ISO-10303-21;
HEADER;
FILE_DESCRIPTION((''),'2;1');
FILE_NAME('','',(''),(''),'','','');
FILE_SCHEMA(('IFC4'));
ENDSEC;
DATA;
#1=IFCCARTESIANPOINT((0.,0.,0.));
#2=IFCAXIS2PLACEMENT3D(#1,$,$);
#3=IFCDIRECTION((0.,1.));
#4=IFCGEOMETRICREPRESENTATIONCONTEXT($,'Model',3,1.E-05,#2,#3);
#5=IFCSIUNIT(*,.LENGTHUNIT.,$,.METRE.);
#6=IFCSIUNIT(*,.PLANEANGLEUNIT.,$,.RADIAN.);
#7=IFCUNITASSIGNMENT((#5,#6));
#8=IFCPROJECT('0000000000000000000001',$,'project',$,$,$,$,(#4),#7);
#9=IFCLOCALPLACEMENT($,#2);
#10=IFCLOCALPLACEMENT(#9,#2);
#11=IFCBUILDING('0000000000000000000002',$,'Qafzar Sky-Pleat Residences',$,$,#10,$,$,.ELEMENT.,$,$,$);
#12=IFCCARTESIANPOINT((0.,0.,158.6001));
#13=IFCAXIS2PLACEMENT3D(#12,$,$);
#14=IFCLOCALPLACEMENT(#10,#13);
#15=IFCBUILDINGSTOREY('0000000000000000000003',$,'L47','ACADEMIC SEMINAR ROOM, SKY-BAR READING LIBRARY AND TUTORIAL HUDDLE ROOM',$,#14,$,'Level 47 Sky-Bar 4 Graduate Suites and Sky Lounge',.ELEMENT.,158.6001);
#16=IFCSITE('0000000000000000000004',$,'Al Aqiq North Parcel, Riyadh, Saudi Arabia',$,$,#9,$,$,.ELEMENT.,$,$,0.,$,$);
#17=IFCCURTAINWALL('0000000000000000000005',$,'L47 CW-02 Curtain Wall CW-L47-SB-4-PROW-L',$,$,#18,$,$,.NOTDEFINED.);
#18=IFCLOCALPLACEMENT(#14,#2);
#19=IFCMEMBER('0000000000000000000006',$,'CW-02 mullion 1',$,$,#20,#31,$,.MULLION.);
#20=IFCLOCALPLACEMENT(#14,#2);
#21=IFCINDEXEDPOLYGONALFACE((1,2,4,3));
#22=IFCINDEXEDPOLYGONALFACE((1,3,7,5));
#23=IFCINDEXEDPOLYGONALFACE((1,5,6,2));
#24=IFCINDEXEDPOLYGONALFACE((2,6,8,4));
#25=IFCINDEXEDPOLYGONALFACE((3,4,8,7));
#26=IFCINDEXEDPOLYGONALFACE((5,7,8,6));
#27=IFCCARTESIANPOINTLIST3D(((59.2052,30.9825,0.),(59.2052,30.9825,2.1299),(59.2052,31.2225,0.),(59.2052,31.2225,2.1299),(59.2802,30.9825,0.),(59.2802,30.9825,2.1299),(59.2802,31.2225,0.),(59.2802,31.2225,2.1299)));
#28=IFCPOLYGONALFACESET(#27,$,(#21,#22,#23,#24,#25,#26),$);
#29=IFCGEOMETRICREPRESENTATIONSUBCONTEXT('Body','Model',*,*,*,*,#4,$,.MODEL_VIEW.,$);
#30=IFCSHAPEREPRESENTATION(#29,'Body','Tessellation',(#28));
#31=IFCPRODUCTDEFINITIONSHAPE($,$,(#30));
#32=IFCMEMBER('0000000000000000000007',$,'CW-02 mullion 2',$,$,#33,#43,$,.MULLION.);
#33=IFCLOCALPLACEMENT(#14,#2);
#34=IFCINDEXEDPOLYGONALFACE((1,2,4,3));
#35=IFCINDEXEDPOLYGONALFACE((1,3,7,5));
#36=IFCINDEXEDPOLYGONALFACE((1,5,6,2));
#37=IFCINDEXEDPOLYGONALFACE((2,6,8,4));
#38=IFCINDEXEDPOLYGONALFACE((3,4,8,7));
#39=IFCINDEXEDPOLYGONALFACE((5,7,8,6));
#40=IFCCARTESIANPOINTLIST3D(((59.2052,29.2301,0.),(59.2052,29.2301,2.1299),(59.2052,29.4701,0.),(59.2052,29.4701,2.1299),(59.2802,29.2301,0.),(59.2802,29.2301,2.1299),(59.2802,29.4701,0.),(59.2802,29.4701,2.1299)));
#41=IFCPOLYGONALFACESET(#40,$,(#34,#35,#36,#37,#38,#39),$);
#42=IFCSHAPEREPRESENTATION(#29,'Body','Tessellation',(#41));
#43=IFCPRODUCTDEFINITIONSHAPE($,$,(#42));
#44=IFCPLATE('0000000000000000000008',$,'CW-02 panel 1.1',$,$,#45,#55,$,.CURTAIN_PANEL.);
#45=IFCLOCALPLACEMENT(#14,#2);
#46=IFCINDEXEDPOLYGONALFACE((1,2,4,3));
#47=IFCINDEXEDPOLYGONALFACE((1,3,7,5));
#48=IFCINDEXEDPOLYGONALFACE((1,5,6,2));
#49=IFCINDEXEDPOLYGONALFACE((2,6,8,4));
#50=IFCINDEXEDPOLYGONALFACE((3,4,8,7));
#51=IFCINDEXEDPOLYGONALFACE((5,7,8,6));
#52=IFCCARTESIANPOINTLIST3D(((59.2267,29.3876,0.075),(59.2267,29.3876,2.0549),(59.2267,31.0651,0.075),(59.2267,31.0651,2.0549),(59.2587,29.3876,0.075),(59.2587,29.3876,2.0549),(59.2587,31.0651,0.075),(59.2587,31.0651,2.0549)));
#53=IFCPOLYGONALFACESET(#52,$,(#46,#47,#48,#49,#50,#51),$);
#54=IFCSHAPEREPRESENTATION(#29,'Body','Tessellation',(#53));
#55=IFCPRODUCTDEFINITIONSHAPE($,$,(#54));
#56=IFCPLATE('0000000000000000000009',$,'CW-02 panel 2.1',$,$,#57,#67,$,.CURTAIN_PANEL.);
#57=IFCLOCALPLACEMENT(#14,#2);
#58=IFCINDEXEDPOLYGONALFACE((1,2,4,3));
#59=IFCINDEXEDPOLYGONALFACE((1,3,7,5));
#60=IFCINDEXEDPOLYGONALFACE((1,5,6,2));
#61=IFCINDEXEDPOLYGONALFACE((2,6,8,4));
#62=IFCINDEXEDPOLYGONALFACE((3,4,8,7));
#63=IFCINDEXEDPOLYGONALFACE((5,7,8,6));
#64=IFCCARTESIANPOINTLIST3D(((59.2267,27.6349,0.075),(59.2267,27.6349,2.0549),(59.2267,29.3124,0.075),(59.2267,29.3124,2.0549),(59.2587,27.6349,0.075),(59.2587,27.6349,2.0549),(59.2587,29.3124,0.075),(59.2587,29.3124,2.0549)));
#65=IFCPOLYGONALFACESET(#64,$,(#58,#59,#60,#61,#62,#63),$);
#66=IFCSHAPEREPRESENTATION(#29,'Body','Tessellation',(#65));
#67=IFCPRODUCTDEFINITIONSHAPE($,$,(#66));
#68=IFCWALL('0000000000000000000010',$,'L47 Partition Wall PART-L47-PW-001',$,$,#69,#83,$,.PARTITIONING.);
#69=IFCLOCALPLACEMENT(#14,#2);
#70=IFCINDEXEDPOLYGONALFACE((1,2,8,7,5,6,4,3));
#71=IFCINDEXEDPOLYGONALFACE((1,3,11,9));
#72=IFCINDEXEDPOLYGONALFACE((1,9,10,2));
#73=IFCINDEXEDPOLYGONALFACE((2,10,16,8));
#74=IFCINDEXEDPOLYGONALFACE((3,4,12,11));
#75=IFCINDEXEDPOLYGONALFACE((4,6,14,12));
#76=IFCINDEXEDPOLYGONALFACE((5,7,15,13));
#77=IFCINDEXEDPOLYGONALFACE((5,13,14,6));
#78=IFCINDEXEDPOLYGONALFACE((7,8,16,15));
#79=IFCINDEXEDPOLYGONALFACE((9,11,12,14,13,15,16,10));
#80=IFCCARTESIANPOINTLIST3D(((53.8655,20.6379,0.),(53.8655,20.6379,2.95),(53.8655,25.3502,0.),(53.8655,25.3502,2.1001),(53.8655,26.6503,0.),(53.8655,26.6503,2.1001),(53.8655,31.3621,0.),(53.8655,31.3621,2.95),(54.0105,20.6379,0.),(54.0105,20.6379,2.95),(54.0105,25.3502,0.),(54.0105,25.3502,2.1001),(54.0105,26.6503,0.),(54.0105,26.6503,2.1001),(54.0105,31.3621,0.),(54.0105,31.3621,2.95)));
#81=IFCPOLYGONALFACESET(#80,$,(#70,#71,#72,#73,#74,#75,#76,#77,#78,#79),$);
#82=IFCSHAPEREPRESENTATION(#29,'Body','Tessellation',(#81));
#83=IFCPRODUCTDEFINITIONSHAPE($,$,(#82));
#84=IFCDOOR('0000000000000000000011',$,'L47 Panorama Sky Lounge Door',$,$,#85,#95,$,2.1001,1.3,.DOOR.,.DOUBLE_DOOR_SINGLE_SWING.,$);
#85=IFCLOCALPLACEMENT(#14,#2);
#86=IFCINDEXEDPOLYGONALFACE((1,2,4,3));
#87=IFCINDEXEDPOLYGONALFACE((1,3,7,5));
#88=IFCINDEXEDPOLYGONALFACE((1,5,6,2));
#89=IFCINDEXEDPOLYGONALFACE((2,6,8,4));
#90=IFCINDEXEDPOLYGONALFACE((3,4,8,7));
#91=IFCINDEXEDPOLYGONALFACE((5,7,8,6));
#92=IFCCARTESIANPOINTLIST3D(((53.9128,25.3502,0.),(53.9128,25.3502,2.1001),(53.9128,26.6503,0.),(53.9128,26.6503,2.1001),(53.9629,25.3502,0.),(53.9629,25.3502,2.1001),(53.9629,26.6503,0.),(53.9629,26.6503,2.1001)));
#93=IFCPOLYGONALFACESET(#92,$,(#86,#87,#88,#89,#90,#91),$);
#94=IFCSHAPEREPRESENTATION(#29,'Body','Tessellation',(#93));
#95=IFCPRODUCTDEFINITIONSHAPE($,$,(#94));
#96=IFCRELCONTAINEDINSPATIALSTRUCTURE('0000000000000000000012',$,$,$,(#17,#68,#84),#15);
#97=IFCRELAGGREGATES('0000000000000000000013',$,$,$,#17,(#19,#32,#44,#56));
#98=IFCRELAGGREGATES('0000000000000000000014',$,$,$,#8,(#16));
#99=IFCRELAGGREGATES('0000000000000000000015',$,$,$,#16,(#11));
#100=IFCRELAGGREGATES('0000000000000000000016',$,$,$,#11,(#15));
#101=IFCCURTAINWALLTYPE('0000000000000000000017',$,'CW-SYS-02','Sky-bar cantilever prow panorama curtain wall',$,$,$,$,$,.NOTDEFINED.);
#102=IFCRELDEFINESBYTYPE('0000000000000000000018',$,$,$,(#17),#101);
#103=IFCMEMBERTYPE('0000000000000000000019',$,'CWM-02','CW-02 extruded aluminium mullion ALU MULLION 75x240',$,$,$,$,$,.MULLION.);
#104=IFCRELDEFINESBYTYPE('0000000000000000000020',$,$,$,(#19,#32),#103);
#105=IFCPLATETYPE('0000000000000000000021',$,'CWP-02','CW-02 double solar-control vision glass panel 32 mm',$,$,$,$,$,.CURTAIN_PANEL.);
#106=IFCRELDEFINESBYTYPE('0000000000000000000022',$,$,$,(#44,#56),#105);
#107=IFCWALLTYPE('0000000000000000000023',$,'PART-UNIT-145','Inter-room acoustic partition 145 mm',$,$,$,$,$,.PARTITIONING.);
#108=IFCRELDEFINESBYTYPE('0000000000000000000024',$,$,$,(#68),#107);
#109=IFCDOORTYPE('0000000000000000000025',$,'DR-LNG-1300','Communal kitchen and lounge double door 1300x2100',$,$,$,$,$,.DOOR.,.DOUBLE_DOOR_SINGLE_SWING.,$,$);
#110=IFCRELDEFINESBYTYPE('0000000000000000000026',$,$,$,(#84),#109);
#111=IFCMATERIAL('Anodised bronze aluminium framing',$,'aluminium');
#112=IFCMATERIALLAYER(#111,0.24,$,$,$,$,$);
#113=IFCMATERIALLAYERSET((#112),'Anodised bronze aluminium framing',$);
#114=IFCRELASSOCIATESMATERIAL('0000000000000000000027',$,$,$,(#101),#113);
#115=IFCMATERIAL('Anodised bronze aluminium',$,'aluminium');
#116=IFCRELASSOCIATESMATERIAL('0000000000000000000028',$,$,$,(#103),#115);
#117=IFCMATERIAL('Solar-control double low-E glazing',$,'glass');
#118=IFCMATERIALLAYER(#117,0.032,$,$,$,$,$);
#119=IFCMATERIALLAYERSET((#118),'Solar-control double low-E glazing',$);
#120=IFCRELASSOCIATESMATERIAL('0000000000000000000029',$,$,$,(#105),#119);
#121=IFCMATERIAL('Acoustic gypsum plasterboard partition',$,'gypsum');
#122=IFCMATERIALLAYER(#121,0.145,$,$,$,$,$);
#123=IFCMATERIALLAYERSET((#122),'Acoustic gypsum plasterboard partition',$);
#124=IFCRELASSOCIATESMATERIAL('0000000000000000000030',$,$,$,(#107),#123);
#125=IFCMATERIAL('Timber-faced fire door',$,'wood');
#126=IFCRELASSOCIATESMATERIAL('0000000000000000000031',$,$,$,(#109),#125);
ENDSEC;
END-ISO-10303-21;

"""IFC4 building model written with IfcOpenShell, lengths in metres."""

from ifc_helpers import new_model, si_unit, direction, frame, frame_2d, origin, origin_2d, place, context, subcontext, project, spatial, rectangle, extrude, source, transform, mapped, material, layer, layer_set, material_profile, profile_set, type_object, element, fill, aggregate, save


model = new_model("IFC4")

# Units and contexts
model_context = context("Model", 3, precision=1e-05, world=origin(), true_north=direction((0.0, 1.0)))
body_context = subcontext(model_context, "Body", "Model", "MODEL_VIEW")
ifc_project = project(units=[si_unit("LENGTHUNIT", "METRE"), si_unit("PLANEANGLEUNIT", "RADIAN")], contexts=[model_context])

# Site, building, storey
site_placement = place(None, origin())
site = spatial("IfcSite", under=ifc_project, at=site_placement, Name="Al Aqiq North Parcel, Riyadh, Saudi Arabia", CompositionType="ELEMENT", RefElevation=0.0)
building_placement = place(site_placement, origin())
building = spatial("IfcBuilding", under=site, at=building_placement, Name="Qafzar Sky-Pleat Residences", CompositionType="ELEMENT")
storey_placement = place(building_placement, frame((0.0, 0.0, 158.6001)))
storey = spatial("IfcBuildingStorey", under=building, at=storey_placement, Name="L47", Description="ACADEMIC SEMINAR ROOM, SKY-BAR READING LIBRARY AND TUTORIAL HUDDLE ROOM", LongName="Level 47 Sky-Bar 4 Graduate Suites and Sky Lounge", CompositionType="ELEMENT", Elevation=158.6001)

# Curtain wall, members, plates
ifc_material_1 = material(Name="Anodised bronze aluminium framing", Category="aluminium")
ifc_layer_1 = layer(ifc_material_1, 0.24)
ifc_layer_set_1 = layer_set([ifc_layer_1], Name="Anodised bronze aluminium framing")
curtain_wall_type = type_object("IfcCurtainWallType", Name="CW-SYS-02", Description="Sky-bar cantilever prow panorama curtain wall", PredefinedType="NOTDEFINED", material=ifc_layer_set_1)
curtain_wall_placement = place(storey_placement, origin())
curtain_wall = element("IfcCurtainWall", 1, at=curtain_wall_placement, inside=storey, type_object=curtain_wall_type, Name="L47 CW-02 Curtain Wall CW-L47-SB-4-PROW-L", PredefinedType="NOTDEFINED")
ifc_material_2 = material(Name="Anodised bronze aluminium", Category="aluminium")
ifc_material_profile_1 = material_profile(ifc_material_2, rectangle(XDim=0.075, YDim=0.24, at=origin_2d()), Name="ALU MULLION 75x240")
ifc_profile_set_1 = profile_set([ifc_material_profile_1], Name="Anodised bronze aluminium")
member_type_1 = type_object("IfcMemberType", Name="CWM-02", Description="CW-02 extruded aluminium mullion ALU MULLION 75x240", PredefinedType="MULLION", material=ifc_profile_set_1)
shared_shape_1 = source(origin(), body_context, "Body", "SweptSolid", [
    extrude(rectangle(XDim=0.075, YDim=0.24, at=origin_2d()), origin(), (0.0, 0.0, 1.0), 2.1299),
])
member_1_placement = place(storey_placement, frame((59.2427, 31.1025, 0.0), z_axis=(0.0, 0.0, 1.0), x_axis=(1.0, 0.0, 0.0)))
member_1 = element("IfcMember", 2, at=member_1_placement, type_object=member_type_1, Name="CW-02 mullion 1", PredefinedType="MULLION", context=body_context, shape_type="MappedRepresentation", body=[
    mapped(shared_shape_1, transform((0.0, 0.0, 0.0), x_axis=(1.0, 0.0, 0.0), y_axis=(0.0, 1.0, 0.0), z_axis=(0.0, 0.0, 1.0), scale=1.0)),
])
member_2_placement = place(storey_placement, frame((59.2427, 29.3501, 0.0), z_axis=(0.0, 0.0, 1.0), x_axis=(1.0, 0.0, 0.0)))
member_2 = element("IfcMember", 3, at=member_2_placement, type_object=member_type_1, Name="CW-02 mullion 2", PredefinedType="MULLION", context=body_context, shape_type="MappedRepresentation", body=[
    mapped(shared_shape_1, transform((0.0, 0.0, 0.0), x_axis=(1.0, 0.0, 0.0), y_axis=(0.0, 1.0, 0.0), z_axis=(0.0, 0.0, 1.0), scale=1.0)),
])
ifc_material_3 = material(Name="Solar-control double low-E glazing", Category="glass")
ifc_layer_2 = layer(ifc_material_3, 0.032)
ifc_layer_set_2 = layer_set([ifc_layer_2], Name="Solar-control double low-E glazing")
plate_type = type_object("IfcPlateType", Name="CWP-02", Description="CW-02 double solar-control vision glass panel 32 mm", PredefinedType="CURTAIN_PANEL", material=ifc_layer_set_2)
shared_shape_2 = source(origin(), body_context, "Body", "SweptSolid", [
    extrude(rectangle(XDim=1.6775, YDim=0.032, at=origin_2d()), origin(), (0.0, 0.0, 1.0), 1.98),
])
plate_1_placement = place(storey_placement, frame((59.2427, 30.2263, 0.075), z_axis=(0.0, 0.0, 1.0), x_axis=(0.0, -1.0, 0.0)))
plate_1 = element("IfcPlate", 4, at=plate_1_placement, type_object=plate_type, Name="CW-02 panel 1.1", PredefinedType="CURTAIN_PANEL", context=body_context, shape_type="MappedRepresentation", body=[
    mapped(shared_shape_2, transform((0.0, 0.0, 0.0), x_axis=(1.0, 0.0, 0.0), y_axis=(0.0, 1.0, 0.0), z_axis=(0.0, 0.0, 1.0), scale=1.0)),
])
plate_2_placement = place(storey_placement, frame((59.2427, 28.4736, 0.075), z_axis=(0.0, 0.0, 1.0), x_axis=(0.0, -1.0, 0.0)))
plate_2 = element("IfcPlate", 5, at=plate_2_placement, type_object=plate_type, Name="CW-02 panel 2.1", PredefinedType="CURTAIN_PANEL", context=body_context, shape_type="MappedRepresentation", body=[
    mapped(shared_shape_2, transform((0.0, 0.0, 0.0), x_axis=(1.0, 0.0, 0.0), y_axis=(0.0, 1.0, 0.0), z_axis=(0.0, 0.0, 1.0), scale=1.0)),
])
aggregate(curtain_wall, [member_1, member_2, plate_1, plate_2])

# Wall, opening, door
ifc_material_4 = material(Name="Acoustic gypsum plasterboard partition", Category="gypsum")
ifc_layer_3 = layer(ifc_material_4, 0.145)
ifc_layer_set_3 = layer_set([ifc_layer_3], Name="Acoustic gypsum plasterboard partition")
wall_type = type_object("IfcWallType", Name="PART-UNIT-145", Description="Inter-room acoustic partition 145 mm", PredefinedType="PARTITIONING", material=ifc_layer_set_3)
wall_placement = place(storey_placement, frame((53.938, 31.3621, 0.0), z_axis=(0.0, 0.0, 1.0), x_axis=(0.0, -1.0, 0.0)))
wall = element("IfcWall", 6, at=wall_placement, inside=storey, type_object=wall_type, Name="L47 Partition Wall PART-L47-PW-001", PredefinedType="PARTITIONING", context=body_context, shape_type="SweptSolid", body=[
    extrude(rectangle(XDim=10.7241, YDim=0.145, at=frame_2d((5.3621, 0.0))), origin(), (0.0, 0.0, 1.0), 2.95),
])
opening_placement = place(wall_placement, frame((4.7119, 0.0, 0.0)))
opening = element("IfcOpeningElement", 7, at=opening_placement, cuts=wall, PredefinedType="OPENING", context=body_context, shape_type="SweptSolid", body=[
    extrude(rectangle(XDim=1.3, YDim=2.1001, at=frame_2d((0.6499, 1.05))), frame((0.0, 0.0825, 0.0), z_axis=(0.0, -1.0, 0.0), x_axis=(1.0, 0.0, 0.0)), (0.0, 0.0, 1.0), 0.165),
])
ifc_material_5 = material(Name="Timber-faced fire door", Category="wood")
door_type = type_object("IfcDoorType", Name="DR-LNG-1300", Description="Communal kitchen and lounge double door 1300x2100", OperationType="DOUBLE_DOOR_SINGLE_SWING", PredefinedType="DOOR", material=ifc_material_5)
shared_shape_3 = source(origin(), body_context, "Body", "SweptSolid", [
    extrude(rectangle(XDim=1.3, YDim=2.1001, at=frame_2d((0.6499, 1.05))), frame((0.0, 0.0249, 0.0), z_axis=(0.0, -1.0, 0.0), x_axis=(1.0, 0.0, 0.0)), (0.0, 0.0, 1.0), 0.05),
])
door_placement = place(opening_placement, origin())
door = element("IfcDoor", 8, at=door_placement, inside=storey, type_object=door_type, Name="L47 Panorama Sky Lounge Door", OperationType="DOUBLE_DOOR_SINGLE_SWING", OverallHeight=2.1001, OverallWidth=1.3, PredefinedType="DOOR", context=body_context, shape_type="MappedRepresentation", body=[
    mapped(shared_shape_3, transform((0.0, 0.0, 0.0), x_axis=(1.0, 0.0, 0.0), y_axis=(0.0, 1.0, 0.0), z_axis=(0.0, 0.0, 1.0), scale=1.0)),
])
fill(opening, door)

save(model, "model.ifc")
